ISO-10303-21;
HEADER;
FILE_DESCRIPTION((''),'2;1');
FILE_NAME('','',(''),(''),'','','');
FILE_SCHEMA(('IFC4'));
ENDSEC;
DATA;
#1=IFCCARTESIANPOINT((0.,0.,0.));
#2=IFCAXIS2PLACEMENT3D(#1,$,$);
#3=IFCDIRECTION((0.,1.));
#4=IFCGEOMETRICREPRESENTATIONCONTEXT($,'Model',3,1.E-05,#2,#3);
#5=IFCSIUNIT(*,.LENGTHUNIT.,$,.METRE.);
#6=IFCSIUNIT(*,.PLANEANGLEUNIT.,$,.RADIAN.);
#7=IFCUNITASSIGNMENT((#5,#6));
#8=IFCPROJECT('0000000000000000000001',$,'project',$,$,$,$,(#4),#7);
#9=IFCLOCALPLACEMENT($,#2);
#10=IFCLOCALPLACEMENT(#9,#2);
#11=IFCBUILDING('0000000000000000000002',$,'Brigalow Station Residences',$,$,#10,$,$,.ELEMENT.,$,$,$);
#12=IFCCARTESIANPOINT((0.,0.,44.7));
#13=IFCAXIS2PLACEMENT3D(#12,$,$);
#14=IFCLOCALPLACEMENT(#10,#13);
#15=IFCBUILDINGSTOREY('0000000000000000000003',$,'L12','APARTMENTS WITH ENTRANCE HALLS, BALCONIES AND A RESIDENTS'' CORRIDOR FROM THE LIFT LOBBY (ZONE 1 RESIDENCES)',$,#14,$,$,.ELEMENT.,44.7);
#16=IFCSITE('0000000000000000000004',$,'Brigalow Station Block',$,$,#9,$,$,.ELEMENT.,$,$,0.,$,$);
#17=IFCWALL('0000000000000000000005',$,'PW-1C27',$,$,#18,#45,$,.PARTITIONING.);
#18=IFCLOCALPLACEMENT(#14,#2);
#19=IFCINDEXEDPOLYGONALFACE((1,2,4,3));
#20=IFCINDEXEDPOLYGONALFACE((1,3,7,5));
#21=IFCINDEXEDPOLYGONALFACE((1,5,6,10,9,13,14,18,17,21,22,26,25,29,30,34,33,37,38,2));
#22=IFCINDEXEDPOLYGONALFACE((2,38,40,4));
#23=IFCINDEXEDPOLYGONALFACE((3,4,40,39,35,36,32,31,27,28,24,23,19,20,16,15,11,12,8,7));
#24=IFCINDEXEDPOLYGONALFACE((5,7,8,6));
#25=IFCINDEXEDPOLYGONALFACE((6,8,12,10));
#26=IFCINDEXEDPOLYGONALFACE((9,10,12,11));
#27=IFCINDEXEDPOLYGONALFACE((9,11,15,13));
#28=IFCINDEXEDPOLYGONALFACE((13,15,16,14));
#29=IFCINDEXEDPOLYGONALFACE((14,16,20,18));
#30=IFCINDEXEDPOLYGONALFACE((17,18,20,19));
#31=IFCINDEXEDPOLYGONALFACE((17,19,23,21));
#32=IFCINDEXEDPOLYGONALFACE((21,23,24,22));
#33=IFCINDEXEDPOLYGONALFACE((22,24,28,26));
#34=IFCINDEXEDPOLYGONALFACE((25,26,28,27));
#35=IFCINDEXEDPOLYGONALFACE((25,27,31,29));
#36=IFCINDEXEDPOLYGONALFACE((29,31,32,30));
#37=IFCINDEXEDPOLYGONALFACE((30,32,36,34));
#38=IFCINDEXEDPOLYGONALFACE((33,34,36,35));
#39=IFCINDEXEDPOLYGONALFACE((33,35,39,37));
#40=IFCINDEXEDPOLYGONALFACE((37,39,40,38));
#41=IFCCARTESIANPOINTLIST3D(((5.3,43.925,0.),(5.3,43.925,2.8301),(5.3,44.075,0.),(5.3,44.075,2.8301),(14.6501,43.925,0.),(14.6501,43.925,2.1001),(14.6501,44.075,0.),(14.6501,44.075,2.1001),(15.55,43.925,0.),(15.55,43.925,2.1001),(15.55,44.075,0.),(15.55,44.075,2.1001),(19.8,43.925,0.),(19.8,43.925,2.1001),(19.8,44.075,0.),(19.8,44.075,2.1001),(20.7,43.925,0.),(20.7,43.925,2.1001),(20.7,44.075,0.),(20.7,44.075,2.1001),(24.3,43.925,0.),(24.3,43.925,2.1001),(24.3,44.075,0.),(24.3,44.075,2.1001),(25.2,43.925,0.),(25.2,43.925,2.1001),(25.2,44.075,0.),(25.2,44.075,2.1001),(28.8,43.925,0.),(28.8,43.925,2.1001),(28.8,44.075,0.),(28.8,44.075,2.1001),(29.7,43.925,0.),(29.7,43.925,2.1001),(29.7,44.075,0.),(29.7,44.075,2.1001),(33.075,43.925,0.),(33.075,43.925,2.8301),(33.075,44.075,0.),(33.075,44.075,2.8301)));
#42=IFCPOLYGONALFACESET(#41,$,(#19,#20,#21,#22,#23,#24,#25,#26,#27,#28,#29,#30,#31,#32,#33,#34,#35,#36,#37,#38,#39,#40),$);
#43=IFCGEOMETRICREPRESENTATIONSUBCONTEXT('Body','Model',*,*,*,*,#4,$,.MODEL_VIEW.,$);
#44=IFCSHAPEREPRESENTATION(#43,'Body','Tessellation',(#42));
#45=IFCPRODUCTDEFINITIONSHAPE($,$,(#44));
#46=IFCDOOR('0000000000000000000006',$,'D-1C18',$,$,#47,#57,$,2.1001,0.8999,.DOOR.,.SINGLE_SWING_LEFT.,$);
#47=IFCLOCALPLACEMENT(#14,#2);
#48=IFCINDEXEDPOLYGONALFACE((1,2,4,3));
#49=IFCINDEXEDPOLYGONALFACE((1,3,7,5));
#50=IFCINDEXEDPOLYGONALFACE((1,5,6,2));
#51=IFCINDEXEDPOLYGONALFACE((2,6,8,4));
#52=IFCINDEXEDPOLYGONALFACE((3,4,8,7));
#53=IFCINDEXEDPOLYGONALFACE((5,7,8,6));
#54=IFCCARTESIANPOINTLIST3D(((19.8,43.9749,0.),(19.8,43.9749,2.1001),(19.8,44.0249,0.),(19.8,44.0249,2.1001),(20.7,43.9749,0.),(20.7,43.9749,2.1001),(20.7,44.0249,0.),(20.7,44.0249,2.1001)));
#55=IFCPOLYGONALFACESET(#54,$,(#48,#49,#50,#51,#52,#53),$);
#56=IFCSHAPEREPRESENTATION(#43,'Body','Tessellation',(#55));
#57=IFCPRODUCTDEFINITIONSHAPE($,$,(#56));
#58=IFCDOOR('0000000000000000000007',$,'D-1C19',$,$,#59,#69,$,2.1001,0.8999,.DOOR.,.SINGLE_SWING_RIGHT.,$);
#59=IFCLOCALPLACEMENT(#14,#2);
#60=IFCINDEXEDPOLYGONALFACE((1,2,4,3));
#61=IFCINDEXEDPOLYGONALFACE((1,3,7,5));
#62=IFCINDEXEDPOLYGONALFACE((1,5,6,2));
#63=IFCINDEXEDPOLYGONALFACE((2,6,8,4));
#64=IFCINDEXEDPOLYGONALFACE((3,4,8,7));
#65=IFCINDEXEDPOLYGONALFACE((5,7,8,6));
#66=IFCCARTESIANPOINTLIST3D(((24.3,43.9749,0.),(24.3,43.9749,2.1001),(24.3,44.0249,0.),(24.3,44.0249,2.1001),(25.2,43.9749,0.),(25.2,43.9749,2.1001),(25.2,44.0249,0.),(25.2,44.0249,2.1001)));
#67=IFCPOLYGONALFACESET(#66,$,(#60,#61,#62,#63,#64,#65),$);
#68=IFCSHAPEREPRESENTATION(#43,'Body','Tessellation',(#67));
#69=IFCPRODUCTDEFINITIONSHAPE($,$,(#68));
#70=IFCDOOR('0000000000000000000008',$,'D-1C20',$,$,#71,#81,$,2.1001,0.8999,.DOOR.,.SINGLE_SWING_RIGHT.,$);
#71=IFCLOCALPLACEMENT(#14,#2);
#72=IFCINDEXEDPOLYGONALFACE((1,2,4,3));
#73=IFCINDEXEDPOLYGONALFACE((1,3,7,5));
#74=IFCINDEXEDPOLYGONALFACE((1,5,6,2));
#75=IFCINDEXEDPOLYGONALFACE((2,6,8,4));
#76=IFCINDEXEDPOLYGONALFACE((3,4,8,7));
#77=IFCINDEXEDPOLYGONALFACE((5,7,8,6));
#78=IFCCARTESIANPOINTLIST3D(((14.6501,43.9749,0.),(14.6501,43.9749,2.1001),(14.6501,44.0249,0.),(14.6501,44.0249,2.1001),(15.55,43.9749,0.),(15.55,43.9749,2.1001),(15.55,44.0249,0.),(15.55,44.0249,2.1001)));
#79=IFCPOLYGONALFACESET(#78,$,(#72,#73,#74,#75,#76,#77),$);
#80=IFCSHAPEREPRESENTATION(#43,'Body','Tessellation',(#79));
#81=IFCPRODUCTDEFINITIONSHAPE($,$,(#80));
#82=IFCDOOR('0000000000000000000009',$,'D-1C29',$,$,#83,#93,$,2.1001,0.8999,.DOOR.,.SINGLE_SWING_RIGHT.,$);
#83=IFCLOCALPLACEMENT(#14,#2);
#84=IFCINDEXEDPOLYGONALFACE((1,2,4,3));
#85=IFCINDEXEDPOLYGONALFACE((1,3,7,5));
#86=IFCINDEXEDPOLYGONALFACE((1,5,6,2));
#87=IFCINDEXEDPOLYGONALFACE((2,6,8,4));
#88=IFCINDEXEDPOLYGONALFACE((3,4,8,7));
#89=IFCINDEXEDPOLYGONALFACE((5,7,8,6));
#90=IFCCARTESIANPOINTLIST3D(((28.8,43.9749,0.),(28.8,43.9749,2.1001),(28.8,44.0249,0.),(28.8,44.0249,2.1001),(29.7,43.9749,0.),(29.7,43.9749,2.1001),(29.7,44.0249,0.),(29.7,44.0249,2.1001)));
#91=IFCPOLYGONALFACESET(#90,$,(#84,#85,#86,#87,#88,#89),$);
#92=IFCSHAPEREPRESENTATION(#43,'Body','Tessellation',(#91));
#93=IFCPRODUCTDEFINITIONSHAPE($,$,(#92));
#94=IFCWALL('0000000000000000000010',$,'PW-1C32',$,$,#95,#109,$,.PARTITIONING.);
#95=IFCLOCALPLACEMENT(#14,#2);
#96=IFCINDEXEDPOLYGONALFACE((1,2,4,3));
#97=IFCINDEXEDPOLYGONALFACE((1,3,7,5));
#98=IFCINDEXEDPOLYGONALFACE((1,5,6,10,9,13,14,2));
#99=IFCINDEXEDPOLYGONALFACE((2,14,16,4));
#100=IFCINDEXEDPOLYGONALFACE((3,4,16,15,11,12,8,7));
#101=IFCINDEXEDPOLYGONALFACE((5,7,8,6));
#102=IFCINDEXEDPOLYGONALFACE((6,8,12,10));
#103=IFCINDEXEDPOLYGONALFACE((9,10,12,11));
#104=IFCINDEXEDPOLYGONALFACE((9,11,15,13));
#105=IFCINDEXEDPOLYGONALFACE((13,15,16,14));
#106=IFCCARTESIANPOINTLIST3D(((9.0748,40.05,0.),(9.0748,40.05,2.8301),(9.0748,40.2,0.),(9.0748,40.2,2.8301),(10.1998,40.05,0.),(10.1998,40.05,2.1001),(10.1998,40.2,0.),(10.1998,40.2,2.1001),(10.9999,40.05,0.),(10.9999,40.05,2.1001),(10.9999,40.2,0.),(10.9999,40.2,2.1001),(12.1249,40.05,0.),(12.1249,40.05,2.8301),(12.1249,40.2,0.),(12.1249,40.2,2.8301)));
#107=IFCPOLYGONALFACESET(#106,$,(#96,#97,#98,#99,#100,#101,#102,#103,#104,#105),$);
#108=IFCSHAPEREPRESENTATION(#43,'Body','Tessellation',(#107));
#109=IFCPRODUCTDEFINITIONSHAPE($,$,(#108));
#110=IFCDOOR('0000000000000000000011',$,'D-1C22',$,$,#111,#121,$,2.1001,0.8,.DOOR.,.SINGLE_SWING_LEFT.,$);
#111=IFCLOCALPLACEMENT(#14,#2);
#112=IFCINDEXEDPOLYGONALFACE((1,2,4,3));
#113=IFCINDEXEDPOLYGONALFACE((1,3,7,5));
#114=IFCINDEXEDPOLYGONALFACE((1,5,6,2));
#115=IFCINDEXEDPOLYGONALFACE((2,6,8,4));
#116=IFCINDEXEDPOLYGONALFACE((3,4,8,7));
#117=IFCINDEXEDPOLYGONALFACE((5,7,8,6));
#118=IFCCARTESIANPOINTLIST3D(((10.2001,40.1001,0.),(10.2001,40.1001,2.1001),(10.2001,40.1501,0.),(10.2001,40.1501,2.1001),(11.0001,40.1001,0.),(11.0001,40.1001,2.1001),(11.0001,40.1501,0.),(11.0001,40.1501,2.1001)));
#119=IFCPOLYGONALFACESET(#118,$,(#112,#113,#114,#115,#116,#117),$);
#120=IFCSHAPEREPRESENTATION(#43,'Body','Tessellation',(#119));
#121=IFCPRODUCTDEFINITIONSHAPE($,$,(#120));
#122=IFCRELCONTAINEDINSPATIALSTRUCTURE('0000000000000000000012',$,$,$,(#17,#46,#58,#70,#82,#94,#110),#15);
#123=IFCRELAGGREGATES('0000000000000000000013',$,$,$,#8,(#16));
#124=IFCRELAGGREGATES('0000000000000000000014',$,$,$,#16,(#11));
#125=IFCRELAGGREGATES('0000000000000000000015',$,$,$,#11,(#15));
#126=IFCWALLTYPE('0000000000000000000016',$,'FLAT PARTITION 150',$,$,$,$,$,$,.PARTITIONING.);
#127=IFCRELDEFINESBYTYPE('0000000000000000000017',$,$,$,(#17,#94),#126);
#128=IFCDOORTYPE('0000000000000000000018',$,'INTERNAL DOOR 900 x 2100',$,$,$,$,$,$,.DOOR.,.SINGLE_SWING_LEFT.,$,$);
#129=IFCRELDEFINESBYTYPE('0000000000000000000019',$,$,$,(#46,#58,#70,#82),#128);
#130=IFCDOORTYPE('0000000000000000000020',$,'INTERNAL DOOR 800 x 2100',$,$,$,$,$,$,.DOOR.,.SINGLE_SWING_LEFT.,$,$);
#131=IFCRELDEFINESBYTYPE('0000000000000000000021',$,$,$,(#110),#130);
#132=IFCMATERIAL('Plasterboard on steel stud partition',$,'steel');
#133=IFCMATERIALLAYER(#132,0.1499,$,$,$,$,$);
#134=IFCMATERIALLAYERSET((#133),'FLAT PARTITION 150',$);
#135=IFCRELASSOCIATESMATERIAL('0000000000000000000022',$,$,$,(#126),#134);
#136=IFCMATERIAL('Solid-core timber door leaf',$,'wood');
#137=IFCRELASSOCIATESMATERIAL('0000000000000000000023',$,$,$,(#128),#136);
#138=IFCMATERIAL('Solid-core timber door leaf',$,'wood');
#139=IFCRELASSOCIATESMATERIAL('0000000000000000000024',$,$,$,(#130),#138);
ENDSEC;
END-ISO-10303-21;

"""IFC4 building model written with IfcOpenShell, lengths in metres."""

from ifc_helpers import new_model, si_unit, direction, frame, frame_2d, origin, place, context, subcontext, project, spatial, rectangle, extrude, material, layer, layer_set, type_object, element, fill, save


model = new_model("IFC4")

# Units and contexts
model_context = context("Model", 3, precision=1e-05, world=origin(), true_north=direction((0.0, 1.0)))
body_context = subcontext(model_context, "Body", "Model", "MODEL_VIEW")
ifc_project = project(units=[si_unit("LENGTHUNIT", "METRE"), si_unit("PLANEANGLEUNIT", "RADIAN")], contexts=[model_context])

# Site, building, storey
site_placement = place(None, origin())
site = spatial("IfcSite", under=ifc_project, at=site_placement, Name="Brigalow Station Block", CompositionType="ELEMENT", RefElevation=0.0)
building_placement = place(site_placement, origin())
building = spatial("IfcBuilding", under=site, at=building_placement, Name="Brigalow Station Residences", CompositionType="ELEMENT")
storey_placement = place(building_placement, frame((0.0, 0.0, 44.7)))
storey = spatial("IfcBuildingStorey", under=building, at=storey_placement, Name="L12", Description="APARTMENTS WITH ENTRANCE HALLS, BALCONIES AND A RESIDENTS' CORRIDOR FROM THE LIFT LOBBY (ZONE 1 RESIDENCES)", CompositionType="ELEMENT", Elevation=44.7)

# Wall, openings, doors
ifc_material_1 = material(Name="Plasterboard on steel stud partition", Category="steel")
ifc_layer_1 = layer(ifc_material_1, 0.1499)
ifc_layer_set_1 = layer_set([ifc_layer_1], Name="FLAT PARTITION 150")
wall_type_1 = type_object("IfcWallType", Name="FLAT PARTITION 150", PredefinedType="PARTITIONING", material=ifc_layer_set_1)
wall_1_placement = place(storey_placement, frame((5.3, 44.0, 0.0), z_axis=(0.0, 0.0, 1.0), x_axis=(1.0, 0.0, 0.0)))
wall_1 = element("IfcWall", 1, at=wall_1_placement, inside=storey, type_object=wall_type_1, Name="PW-1C27", PredefinedType="PARTITIONING", context=body_context, shape_type="SweptSolid", body=[
    extrude(rectangle(XDim=27.7749, YDim=0.1499, at=frame_2d((13.8875, 0.0))), origin(), (0.0, 0.0, 1.0), 2.8301),
])
opening_1_placement = place(wall_1_placement, frame((14.5, 0.0, 0.0)))
opening_1 = element("IfcOpeningElement", 2, at=opening_1_placement, cuts=wall_1, PredefinedType="OPENING", context=body_context, shape_type="SweptSolid", body=[
    extrude(rectangle(XDim=0.8999, YDim=2.1001, at=frame_2d((0.45, 1.05))), frame((0.0, 0.085, 0.0), z_axis=(0.0, -1.0, 0.0), x_axis=(1.0, 0.0, 0.0)), (0.0, 0.0, 1.0), 0.1699),
])
opening_2_placement = place(wall_1_placement, frame((19.0, 0.0, 0.0)))
opening_2 = element("IfcOpeningElement", 3, at=opening_2_placement, cuts=wall_1, PredefinedType="OPENING", context=body_context, shape_type="SweptSolid", body=[
    extrude(rectangle(XDim=0.8999, YDim=2.1001, at=frame_2d((0.45, 1.05))), frame((0.0, 0.085, 0.0), z_axis=(0.0, -1.0, 0.0), x_axis=(1.0, 0.0, 0.0)), (0.0, 0.0, 1.0), 0.1699),
])
opening_3_placement = place(wall_1_placement, frame((9.3501, 0.0, 0.0)))
opening_3 = element("IfcOpeningElement", 4, at=opening_3_placement, cuts=wall_1, PredefinedType="OPENING", context=body_context, shape_type="SweptSolid", body=[
    extrude(rectangle(XDim=0.8999, YDim=2.1001, at=frame_2d((0.45, 1.05))), frame((0.0, 0.085, 0.0), z_axis=(0.0, -1.0, 0.0), x_axis=(1.0, 0.0, 0.0)), (0.0, 0.0, 1.0), 0.1699),
])
opening_4_placement = place(wall_1_placement, frame((23.5, 0.0, 0.0)))
opening_4 = element("IfcOpeningElement", 5, at=opening_4_placement, cuts=wall_1, PredefinedType="OPENING", context=body_context, shape_type="SweptSolid", body=[
    extrude(rectangle(XDim=0.8999, YDim=2.1001, at=frame_2d((0.45, 1.05))), frame((0.0, 0.085, 0.0), z_axis=(0.0, -1.0, 0.0), x_axis=(1.0, 0.0, 0.0)), (0.0, 0.0, 1.0), 0.1699),
])
ifc_material_2 = material(Name="Solid-core timber door leaf", Category="wood")
door_type_1 = type_object("IfcDoorType", Name="INTERNAL DOOR 900 x 2100", OperationType="SINGLE_SWING_LEFT", PredefinedType="DOOR", material=ifc_material_2)
door_1_placement = place(opening_1_placement, origin())
door_1 = element("IfcDoor", 6, at=door_1_placement, inside=storey, type_object=door_type_1, Name="D-1C18", OperationType="SINGLE_SWING_LEFT", OverallHeight=2.1001, OverallWidth=0.8999, PredefinedType="DOOR", context=body_context, shape_type="SweptSolid", body=[
    extrude(rectangle(XDim=0.8999, YDim=2.1001, at=frame_2d((0.45, 1.05))), frame((0.0, 0.0249, 0.0), z_axis=(0.0, -1.0, 0.0), x_axis=(1.0, 0.0, 0.0)), (0.0, 0.0, 1.0), 0.05),
])
fill(opening_1, door_1)
door_2_placement = place(opening_2_placement, origin())
door_2 = element("IfcDoor", 7, at=door_2_placement, inside=storey, type_object=door_type_1, Name="D-1C19", OperationType="SINGLE_SWING_RIGHT", OverallHeight=2.1001, OverallWidth=0.8999, PredefinedType="DOOR", context=body_context, shape_type="SweptSolid", body=[
    extrude(rectangle(XDim=0.8999, YDim=2.1001, at=frame_2d((0.45, 1.05))), frame((0.0, 0.0249, 0.0), z_axis=(0.0, -1.0, 0.0), x_axis=(1.0, 0.0, 0.0)), (0.0, 0.0, 1.0), 0.05),
])
fill(opening_2, door_2)
door_3_placement = place(opening_3_placement, origin())
door_3 = element("IfcDoor", 8, at=door_3_placement, inside=storey, type_object=door_type_1, Name="D-1C20", OperationType="SINGLE_SWING_RIGHT", OverallHeight=2.1001, OverallWidth=0.8999, PredefinedType="DOOR", context=body_context, shape_type="SweptSolid", body=[
    extrude(rectangle(XDim=0.8999, YDim=2.1001, at=frame_2d((0.45, 1.05))), frame((0.0, 0.0249, 0.0), z_axis=(0.0, -1.0, 0.0), x_axis=(1.0, 0.0, 0.0)), (0.0, 0.0, 1.0), 0.05),
])
fill(opening_3, door_3)
door_4_placement = place(opening_4_placement, origin())
door_4 = element("IfcDoor", 9, at=door_4_placement, inside=storey, type_object=door_type_1, Name="D-1C29", OperationType="SINGLE_SWING_RIGHT", OverallHeight=2.1001, OverallWidth=0.8999, PredefinedType="DOOR", context=body_context, shape_type="SweptSolid", body=[
    extrude(rectangle(XDim=0.8999, YDim=2.1001, at=frame_2d((0.45, 1.05))), frame((0.0, 0.0249, 0.0), z_axis=(0.0, -1.0, 0.0), x_axis=(1.0, 0.0, 0.0)), (0.0, 0.0, 1.0), 0.05),
])
fill(opening_4, door_4)

# Wall, opening, door
wall_2_placement = place(storey_placement, frame((9.075, 40.125, 0.0), z_axis=(0.0, 0.0, 1.0), x_axis=(1.0, 0.0, 0.0)))
wall_2 = element("IfcWall", 10, at=wall_2_placement, inside=storey, type_object=wall_type_1, Name="PW-1C32", PredefinedType="PARTITIONING", context=body_context, shape_type="SweptSolid", body=[
    extrude(rectangle(XDim=3.05, YDim=0.1499, at=frame_2d((1.5249, 0.0))), origin(), (0.0, 0.0, 1.0), 2.8301),
])
opening_5_placement = place(wall_2_placement, frame((1.125, 0.0, 0.0)))
opening_5 = element("IfcOpeningElement", 11, at=opening_5_placement, cuts=wall_2, PredefinedType="OPENING", context=body_context, shape_type="SweptSolid", body=[
    extrude(rectangle(XDim=0.8, YDim=2.1001, at=frame_2d((0.3999, 1.05))), frame((0.0, 0.085, 0.0), z_axis=(0.0, -1.0, 0.0), x_axis=(1.0, 0.0, 0.0)), (0.0, 0.0, 1.0), 0.1699),
])
ifc_material_3 = material(Name="Solid-core timber door leaf", Category="wood")
door_type_2 = type_object("IfcDoorType", Name="INTERNAL DOOR 800 x 2100", OperationType="SINGLE_SWING_LEFT", PredefinedType="DOOR", material=ifc_material_3)
door_5_placement = place(opening_5_placement, frame((0.8, 0.0, 0.0), z_axis=(0.0, 0.0, 1.0), x_axis=(-1.0, 0.0, 0.0)))
door_5 = element("IfcDoor", 12, at=door_5_placement, inside=storey, type_object=door_type_2, Name="D-1C22", OperationType="SINGLE_SWING_LEFT", OverallHeight=2.1001, OverallWidth=0.8, PredefinedType="DOOR", context=body_context, shape_type="SweptSolid", body=[
    extrude(rectangle(XDim=0.8, YDim=2.1001, at=frame_2d((0.3999, 1.05))), frame((0.0, 0.0249, 0.0), z_axis=(0.0, -1.0, 0.0), x_axis=(1.0, 0.0, 0.0)), (0.0, 0.0, 1.0), 0.05),
])
fill(opening_5, door_5)

save(model, "model.ifc")
